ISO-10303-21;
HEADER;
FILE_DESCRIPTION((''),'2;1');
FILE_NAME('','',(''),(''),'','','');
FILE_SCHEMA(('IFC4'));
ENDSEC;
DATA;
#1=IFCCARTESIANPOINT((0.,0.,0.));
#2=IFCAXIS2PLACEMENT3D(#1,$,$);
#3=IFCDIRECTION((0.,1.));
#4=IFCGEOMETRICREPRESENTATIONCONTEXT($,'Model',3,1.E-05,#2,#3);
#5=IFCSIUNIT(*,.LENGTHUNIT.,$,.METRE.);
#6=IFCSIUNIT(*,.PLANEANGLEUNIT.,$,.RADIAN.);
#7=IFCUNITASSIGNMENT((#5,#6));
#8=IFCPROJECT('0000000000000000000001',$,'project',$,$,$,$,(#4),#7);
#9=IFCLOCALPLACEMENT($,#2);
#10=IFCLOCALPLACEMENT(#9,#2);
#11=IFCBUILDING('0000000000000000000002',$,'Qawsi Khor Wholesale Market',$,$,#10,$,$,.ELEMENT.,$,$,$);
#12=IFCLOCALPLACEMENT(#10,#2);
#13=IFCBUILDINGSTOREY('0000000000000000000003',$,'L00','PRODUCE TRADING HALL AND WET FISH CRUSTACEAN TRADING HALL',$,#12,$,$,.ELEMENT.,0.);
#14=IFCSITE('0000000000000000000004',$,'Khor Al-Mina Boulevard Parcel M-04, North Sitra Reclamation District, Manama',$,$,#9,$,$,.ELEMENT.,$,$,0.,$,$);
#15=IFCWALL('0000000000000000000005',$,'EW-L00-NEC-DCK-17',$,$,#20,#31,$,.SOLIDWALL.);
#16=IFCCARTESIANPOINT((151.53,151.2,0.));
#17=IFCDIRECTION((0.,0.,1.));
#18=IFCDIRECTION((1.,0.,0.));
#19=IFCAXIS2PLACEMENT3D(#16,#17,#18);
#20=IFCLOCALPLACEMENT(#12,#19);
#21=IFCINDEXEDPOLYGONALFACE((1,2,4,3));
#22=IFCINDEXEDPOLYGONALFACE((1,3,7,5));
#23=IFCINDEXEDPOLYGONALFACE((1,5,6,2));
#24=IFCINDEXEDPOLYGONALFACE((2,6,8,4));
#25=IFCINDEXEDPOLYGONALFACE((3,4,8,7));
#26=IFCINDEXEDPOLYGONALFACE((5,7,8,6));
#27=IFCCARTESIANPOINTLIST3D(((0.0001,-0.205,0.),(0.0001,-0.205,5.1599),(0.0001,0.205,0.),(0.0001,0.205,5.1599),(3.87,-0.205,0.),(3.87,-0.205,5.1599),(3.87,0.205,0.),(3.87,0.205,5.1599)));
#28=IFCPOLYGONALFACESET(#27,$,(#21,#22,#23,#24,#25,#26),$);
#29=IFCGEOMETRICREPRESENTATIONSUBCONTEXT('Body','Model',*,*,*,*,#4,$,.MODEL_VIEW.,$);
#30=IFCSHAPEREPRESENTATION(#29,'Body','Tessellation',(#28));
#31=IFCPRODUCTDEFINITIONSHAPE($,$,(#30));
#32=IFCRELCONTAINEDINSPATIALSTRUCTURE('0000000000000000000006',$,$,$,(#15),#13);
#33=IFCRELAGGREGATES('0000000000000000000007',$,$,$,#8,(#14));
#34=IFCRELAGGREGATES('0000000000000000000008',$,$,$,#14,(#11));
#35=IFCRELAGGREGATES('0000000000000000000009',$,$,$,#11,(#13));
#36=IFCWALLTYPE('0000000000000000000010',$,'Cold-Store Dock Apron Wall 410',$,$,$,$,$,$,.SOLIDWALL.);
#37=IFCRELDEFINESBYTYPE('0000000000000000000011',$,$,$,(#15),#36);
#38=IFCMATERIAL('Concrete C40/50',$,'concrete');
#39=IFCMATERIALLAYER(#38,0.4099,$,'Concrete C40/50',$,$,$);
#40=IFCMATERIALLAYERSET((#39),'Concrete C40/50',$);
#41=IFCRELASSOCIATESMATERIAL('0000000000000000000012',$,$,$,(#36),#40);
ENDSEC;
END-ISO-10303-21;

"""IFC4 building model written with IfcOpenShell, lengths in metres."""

from ifc_helpers import new_model, si_unit, direction, frame, frame_2d, origin, place, context, subcontext, project, spatial, rectangle, extrude, material, layer, layer_set, type_object, element, save


model = new_model("IFC4")

# Units and contexts
model_context = context("Model", 3, precision=1e-05, world=origin(), true_north=direction((0.0, 1.0)))
body_context = subcontext(model_context, "Body", "Model", "MODEL_VIEW")
ifc_project = project(units=[si_unit("LENGTHUNIT", "METRE"), si_unit("PLANEANGLEUNIT", "RADIAN")], contexts=[model_context])

# Site, building, storey
site_placement = place(None, origin())
site = spatial("IfcSite", under=ifc_project, at=site_placement, Name="Khor Al-Mina Boulevard Parcel M-04, North Sitra Reclamation District, Manama", CompositionType="ELEMENT", RefElevation=0.0)
building_placement = place(site_placement, origin())
building = spatial("IfcBuilding", under=site, at=building_placement, Name="Qawsi Khor Wholesale Market", CompositionType="ELEMENT")
storey_placement = place(building_placement, origin())
storey = spatial("IfcBuildingStorey", under=building, at=storey_placement, Name="L00", Description="PRODUCE TRADING HALL AND WET FISH CRUSTACEAN TRADING HALL", CompositionType="ELEMENT", Elevation=0.0)

# Shared definitions
ifc_material_1 = material(Name="Concrete C40/50", Category="concrete")

# Shared definitions
ifc_layer_1 = layer(ifc_material_1, 0.4099, Name="Concrete C40/50")
ifc_layer_set_1 = layer_set([ifc_layer_1], Name="Concrete C40/50")
wall_type_1 = type_object("IfcWallType", Name="Cold-Store Dock Apron Wall 410", PredefinedType="SOLIDWALL", material=ifc_layer_set_1)

# Wall
wall_1_placement = place(storey_placement, frame((151.53, 151.2, 0.0), z_axis=(0.0, 0.0, 1.0), x_axis=(1.0, 0.0, 0.0)))
element("IfcWall", 1, at=wall_1_placement, inside=storey, type_object=wall_type_1, Name="EW-L00-NEC-DCK-17", PredefinedType="SOLIDWALL", context=body_context, shape_type="SweptSolid", body=[
    extrude(rectangle(XDim=3.8699, YDim=0.4099, at=frame_2d((1.9351, 0.0))), origin(), (0.0, 0.0, 1.0), 5.1599),
])

save(model, "model.ifc")
